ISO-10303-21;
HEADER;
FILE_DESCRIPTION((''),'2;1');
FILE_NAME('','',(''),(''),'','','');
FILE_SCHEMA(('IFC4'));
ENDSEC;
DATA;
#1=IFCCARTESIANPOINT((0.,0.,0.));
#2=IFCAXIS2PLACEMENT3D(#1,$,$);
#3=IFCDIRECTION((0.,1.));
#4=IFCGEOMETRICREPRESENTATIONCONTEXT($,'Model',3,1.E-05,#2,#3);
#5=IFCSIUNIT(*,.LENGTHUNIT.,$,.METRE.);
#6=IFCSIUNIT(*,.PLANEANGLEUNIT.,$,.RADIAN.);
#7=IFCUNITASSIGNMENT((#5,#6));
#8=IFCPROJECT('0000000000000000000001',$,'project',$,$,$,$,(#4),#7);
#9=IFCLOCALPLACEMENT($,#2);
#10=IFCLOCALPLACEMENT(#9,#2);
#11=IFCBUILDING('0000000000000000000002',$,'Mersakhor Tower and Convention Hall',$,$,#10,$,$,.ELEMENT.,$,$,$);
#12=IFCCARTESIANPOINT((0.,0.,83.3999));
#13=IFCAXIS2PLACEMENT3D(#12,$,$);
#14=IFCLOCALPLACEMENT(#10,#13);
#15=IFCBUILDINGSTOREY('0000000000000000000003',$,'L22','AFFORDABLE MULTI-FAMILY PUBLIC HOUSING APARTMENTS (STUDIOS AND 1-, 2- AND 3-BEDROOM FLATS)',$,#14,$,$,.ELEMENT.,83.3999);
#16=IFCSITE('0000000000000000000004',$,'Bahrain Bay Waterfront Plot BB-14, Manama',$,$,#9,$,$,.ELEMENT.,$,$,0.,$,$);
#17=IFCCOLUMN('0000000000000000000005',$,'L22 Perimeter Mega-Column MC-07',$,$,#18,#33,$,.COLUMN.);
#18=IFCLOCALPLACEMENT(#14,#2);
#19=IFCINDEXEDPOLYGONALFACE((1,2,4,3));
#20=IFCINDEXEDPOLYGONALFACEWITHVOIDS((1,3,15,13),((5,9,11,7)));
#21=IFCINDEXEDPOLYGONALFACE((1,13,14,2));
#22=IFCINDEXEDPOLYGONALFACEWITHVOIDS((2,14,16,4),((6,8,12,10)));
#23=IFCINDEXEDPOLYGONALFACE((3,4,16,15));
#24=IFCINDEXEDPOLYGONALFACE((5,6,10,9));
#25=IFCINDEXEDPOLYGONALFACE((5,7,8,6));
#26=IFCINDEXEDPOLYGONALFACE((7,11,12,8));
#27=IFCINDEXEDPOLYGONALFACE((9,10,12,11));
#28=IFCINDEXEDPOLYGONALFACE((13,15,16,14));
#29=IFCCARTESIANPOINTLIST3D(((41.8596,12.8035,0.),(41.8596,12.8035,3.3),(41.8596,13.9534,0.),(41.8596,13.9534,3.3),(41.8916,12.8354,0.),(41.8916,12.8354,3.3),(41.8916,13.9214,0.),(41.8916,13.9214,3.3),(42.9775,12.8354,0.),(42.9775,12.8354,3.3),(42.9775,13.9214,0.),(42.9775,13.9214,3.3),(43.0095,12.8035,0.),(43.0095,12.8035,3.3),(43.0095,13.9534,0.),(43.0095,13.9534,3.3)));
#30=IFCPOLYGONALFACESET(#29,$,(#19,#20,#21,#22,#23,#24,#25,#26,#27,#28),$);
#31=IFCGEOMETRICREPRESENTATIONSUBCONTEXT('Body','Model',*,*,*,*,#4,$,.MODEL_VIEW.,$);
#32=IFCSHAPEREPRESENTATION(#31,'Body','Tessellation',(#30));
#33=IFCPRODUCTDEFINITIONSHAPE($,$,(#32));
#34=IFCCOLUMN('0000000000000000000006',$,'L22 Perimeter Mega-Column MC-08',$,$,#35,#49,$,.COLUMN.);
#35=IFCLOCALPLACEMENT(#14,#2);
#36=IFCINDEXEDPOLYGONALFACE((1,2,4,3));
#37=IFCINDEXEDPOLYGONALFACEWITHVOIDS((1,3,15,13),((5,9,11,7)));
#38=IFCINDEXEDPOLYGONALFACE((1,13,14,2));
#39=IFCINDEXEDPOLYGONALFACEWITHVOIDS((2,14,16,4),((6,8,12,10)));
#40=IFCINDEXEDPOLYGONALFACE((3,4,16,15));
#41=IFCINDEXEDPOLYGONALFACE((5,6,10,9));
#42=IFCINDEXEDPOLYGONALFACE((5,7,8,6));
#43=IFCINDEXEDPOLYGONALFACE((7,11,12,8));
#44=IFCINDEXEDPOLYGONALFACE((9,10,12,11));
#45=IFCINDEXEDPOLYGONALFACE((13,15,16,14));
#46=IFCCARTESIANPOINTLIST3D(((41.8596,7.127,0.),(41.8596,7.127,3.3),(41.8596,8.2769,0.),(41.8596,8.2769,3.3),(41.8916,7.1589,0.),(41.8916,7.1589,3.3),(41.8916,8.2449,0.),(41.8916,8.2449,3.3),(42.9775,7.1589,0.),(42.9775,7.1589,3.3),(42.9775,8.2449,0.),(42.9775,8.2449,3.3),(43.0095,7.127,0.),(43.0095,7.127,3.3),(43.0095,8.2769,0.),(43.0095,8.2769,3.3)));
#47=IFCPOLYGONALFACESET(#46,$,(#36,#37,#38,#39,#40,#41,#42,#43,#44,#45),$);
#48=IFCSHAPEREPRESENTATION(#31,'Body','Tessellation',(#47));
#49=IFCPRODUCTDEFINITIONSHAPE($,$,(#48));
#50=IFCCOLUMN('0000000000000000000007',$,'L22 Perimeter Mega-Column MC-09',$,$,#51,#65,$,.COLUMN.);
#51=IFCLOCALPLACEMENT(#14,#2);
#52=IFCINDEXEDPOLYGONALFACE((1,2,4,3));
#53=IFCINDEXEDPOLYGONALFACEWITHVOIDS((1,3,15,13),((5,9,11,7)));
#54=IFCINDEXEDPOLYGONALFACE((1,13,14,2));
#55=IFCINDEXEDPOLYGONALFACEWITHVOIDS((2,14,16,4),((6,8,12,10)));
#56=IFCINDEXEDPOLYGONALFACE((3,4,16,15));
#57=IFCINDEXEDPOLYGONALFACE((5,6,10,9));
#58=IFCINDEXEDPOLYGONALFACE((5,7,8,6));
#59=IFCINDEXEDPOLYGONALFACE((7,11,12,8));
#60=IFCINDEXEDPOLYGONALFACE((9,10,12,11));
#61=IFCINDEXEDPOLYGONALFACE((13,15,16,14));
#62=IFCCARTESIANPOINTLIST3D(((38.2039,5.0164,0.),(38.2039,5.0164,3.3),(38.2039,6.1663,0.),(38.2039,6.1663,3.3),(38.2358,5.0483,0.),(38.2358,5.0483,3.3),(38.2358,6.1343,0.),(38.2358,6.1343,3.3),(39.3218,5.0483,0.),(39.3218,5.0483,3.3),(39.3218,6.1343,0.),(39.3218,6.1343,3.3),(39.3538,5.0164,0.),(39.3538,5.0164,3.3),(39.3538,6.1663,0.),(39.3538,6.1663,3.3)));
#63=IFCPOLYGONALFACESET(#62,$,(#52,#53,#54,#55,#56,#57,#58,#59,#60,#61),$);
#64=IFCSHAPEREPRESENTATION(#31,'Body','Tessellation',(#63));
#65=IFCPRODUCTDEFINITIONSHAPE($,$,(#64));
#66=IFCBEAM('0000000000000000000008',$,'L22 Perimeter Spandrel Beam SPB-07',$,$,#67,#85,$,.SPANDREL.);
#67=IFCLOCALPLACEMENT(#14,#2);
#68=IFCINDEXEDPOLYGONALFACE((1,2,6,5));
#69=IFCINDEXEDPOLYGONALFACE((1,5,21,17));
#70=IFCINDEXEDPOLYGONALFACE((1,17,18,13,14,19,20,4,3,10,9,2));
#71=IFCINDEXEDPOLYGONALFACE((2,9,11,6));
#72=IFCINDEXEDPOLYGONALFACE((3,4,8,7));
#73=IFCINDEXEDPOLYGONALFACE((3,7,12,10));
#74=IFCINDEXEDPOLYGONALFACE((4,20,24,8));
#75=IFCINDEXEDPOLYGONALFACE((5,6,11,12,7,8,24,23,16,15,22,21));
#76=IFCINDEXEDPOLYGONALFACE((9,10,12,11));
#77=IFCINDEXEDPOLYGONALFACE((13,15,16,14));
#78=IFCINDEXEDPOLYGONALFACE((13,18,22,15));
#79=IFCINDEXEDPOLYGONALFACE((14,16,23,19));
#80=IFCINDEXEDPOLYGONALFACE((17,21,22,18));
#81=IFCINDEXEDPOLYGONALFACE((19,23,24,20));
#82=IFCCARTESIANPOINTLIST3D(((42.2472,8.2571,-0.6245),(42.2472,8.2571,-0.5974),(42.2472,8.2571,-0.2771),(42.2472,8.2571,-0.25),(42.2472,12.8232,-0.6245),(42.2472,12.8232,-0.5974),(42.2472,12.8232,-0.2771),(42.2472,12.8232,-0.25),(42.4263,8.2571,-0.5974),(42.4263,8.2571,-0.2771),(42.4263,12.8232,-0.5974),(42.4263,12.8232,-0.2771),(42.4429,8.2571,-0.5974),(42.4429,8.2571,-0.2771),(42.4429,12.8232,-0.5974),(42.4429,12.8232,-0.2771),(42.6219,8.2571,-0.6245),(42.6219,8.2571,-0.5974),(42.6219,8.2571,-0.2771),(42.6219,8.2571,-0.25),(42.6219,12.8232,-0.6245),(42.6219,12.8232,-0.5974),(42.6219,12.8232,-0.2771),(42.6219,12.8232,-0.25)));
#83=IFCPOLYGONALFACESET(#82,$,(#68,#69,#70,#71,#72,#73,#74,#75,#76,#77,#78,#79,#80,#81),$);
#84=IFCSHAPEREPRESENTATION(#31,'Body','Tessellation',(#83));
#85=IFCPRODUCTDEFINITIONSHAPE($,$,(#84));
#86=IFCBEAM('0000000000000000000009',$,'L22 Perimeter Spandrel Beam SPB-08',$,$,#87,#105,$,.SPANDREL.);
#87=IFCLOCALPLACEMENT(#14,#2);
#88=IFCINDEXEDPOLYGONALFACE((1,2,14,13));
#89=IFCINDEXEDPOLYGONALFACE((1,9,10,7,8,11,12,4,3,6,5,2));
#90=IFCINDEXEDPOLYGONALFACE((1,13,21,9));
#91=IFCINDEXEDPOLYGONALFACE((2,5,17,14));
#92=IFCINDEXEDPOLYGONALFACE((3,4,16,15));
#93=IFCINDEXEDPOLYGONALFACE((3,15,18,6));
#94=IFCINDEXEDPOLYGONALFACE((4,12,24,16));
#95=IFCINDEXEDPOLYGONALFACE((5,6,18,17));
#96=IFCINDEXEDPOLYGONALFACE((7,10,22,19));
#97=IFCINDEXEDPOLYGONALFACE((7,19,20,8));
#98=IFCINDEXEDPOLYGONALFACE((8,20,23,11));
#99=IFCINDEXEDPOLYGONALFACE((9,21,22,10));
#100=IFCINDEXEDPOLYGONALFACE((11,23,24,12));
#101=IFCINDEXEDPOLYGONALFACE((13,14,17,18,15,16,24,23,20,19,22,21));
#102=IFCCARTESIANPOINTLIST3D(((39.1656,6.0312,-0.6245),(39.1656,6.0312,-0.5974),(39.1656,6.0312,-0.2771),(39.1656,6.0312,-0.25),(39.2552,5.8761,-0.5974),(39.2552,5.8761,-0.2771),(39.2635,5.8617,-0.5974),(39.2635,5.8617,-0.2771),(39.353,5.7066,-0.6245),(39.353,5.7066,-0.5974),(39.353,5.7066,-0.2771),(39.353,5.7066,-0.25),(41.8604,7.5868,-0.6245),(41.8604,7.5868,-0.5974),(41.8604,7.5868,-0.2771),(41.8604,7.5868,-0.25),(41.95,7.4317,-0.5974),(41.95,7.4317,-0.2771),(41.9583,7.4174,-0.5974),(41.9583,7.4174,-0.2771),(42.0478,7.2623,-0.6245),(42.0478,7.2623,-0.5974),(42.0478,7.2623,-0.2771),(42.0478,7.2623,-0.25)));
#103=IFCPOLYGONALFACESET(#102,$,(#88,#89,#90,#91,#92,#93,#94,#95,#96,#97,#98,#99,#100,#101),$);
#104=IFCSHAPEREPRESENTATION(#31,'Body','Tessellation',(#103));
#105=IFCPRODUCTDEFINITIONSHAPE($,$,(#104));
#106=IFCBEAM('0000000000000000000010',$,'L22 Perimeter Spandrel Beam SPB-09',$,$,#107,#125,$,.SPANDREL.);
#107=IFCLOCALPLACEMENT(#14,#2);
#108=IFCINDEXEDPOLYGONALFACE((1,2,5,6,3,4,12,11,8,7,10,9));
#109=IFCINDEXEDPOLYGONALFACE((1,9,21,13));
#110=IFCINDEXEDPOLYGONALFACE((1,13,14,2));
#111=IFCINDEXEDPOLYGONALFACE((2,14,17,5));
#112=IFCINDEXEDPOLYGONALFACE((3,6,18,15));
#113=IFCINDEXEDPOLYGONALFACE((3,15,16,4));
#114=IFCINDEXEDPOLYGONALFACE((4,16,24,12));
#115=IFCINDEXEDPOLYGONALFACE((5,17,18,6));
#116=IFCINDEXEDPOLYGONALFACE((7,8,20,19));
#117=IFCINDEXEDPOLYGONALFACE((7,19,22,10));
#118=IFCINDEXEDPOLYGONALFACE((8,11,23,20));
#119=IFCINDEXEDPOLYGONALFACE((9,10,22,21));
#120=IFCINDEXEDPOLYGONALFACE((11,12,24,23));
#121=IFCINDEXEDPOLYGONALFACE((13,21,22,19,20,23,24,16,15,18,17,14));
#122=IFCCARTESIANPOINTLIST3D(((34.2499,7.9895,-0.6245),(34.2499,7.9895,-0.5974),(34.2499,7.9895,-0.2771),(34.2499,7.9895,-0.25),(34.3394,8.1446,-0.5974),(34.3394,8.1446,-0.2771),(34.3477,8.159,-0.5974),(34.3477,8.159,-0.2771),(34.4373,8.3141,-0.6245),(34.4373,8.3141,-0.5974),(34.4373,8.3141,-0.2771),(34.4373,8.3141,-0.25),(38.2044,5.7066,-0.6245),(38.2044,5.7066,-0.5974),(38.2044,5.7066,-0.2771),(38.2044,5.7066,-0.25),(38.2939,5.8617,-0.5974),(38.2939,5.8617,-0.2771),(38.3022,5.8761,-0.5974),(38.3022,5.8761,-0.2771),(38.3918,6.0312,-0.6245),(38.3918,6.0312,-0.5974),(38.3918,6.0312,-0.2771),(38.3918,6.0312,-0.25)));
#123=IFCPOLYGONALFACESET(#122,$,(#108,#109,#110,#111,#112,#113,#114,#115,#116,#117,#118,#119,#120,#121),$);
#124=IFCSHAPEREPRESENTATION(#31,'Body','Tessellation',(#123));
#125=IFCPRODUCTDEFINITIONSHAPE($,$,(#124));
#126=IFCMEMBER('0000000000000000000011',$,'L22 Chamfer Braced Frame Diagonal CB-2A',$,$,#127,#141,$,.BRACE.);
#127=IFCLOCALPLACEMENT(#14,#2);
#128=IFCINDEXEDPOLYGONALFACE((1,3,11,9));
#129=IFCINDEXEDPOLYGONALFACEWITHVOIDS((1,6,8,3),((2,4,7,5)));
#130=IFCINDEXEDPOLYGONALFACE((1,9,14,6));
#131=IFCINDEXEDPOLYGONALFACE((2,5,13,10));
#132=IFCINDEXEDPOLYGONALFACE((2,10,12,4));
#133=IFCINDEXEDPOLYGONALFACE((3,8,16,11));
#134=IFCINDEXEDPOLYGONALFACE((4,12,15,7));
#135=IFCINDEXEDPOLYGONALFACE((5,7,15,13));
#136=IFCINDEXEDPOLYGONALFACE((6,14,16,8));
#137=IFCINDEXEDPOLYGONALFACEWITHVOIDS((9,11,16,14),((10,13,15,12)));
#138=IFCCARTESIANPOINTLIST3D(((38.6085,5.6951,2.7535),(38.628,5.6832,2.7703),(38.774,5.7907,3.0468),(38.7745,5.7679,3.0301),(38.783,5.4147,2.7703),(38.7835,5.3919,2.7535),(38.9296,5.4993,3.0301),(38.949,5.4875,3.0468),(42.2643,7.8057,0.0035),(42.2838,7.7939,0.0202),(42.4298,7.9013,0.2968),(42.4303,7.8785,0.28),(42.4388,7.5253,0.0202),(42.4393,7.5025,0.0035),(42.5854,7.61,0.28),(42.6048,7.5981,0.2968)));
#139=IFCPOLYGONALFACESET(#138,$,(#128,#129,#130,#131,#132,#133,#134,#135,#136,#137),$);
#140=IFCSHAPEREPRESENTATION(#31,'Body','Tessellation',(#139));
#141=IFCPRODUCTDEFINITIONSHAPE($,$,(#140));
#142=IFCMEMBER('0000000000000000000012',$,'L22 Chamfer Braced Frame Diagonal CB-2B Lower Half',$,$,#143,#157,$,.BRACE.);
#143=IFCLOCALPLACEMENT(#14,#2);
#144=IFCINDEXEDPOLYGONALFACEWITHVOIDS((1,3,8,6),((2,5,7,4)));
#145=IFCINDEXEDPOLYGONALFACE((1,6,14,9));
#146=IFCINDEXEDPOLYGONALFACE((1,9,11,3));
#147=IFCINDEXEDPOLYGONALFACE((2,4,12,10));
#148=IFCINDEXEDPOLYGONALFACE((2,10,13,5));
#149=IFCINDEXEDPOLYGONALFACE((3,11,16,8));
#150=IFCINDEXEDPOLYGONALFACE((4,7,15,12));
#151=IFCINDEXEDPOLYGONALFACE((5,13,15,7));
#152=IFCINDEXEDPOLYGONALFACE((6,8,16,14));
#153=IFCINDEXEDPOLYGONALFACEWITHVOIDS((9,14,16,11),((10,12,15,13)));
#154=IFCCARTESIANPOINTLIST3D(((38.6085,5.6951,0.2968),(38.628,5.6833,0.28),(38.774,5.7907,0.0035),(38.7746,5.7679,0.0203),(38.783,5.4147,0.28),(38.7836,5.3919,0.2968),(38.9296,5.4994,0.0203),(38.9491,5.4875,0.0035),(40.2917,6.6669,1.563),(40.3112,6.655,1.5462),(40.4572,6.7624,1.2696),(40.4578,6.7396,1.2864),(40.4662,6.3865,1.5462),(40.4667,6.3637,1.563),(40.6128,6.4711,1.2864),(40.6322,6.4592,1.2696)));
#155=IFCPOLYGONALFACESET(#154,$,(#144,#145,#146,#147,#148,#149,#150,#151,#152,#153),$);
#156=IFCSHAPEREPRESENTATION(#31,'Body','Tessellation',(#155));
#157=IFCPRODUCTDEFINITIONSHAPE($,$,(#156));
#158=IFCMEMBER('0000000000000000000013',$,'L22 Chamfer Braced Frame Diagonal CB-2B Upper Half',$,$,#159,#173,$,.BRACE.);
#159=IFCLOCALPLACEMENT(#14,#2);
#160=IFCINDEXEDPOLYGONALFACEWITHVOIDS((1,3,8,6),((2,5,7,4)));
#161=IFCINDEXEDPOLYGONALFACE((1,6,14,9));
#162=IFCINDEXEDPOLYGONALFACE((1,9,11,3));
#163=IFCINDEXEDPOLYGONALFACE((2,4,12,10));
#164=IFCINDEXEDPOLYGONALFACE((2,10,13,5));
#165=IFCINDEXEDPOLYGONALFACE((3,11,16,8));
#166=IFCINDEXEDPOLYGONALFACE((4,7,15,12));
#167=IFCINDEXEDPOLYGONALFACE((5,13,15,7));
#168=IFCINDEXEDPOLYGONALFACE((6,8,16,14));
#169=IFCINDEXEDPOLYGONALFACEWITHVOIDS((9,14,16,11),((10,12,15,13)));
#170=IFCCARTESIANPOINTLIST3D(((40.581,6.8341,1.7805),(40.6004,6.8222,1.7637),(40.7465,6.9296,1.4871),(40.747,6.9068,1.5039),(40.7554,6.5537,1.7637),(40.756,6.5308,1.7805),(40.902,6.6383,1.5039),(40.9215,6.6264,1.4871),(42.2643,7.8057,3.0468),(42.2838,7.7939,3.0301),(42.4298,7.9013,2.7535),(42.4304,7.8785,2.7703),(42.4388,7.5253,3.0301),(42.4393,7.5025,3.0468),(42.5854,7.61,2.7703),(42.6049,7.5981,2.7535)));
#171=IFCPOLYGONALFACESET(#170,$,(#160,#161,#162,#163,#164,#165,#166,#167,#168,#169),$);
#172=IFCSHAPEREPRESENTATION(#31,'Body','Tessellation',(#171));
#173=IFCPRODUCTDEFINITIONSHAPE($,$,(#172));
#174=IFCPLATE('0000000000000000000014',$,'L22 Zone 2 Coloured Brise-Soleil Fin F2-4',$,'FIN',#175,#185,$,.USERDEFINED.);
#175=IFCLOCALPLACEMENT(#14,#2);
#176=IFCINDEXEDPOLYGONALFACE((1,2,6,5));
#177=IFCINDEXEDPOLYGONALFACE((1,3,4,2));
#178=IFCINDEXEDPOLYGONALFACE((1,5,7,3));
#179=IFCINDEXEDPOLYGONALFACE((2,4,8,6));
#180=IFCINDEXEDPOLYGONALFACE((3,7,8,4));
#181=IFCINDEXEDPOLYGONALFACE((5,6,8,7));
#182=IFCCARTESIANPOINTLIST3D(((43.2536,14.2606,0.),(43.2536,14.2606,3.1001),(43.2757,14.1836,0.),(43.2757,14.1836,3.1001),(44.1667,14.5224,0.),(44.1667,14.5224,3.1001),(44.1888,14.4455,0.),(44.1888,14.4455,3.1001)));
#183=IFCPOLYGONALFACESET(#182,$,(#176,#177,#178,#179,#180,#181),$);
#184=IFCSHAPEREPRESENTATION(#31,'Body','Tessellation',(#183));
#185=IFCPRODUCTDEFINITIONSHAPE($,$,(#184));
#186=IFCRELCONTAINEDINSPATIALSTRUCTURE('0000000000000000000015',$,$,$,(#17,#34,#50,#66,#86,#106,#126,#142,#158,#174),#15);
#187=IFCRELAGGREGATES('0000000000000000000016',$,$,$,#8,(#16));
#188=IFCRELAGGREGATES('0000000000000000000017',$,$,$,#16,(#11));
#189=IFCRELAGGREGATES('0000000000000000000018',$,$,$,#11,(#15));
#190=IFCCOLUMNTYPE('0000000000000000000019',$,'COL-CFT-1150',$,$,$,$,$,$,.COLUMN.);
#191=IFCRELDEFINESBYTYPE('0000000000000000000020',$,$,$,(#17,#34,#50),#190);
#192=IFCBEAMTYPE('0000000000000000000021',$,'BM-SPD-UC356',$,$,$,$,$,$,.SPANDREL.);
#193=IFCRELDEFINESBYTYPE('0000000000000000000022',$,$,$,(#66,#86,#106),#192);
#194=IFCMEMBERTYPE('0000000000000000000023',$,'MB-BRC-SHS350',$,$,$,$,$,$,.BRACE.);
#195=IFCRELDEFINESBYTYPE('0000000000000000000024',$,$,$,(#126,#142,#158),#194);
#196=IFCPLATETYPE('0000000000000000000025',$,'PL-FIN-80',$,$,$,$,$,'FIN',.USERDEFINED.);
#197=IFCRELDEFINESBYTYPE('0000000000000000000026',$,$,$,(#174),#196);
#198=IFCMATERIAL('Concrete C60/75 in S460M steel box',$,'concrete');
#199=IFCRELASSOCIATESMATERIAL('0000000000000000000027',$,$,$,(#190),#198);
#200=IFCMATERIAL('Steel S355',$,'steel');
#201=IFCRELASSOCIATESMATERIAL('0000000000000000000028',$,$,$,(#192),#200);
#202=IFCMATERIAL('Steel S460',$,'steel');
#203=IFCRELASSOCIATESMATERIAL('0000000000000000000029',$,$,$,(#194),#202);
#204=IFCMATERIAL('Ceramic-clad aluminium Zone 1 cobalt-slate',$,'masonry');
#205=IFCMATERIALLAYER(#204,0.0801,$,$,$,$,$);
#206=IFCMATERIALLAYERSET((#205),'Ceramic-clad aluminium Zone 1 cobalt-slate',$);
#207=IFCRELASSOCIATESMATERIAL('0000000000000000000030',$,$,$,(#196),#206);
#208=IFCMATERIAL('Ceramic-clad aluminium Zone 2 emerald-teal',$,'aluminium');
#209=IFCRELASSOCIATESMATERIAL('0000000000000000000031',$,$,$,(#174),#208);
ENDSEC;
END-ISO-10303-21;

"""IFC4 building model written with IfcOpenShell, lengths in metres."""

from ifc_helpers import new_model, si_unit, direction, frame, origin, origin_2d, place, context, subcontext, project, spatial, rectangle, hollow_rectangle, i_section, extrude, material, layer, layer_set, material_profile, profile_set, type_object, element, save


model = new_model("IFC4")

# Units and contexts
model_context = context("Model", 3, precision=1e-05, world=origin(), true_north=direction((0.0, 1.0)))
body_context = subcontext(model_context, "Body", "Model", "MODEL_VIEW")
ifc_project = project(units=[si_unit("LENGTHUNIT", "METRE"), si_unit("PLANEANGLEUNIT", "RADIAN")], contexts=[model_context])

# Site, building, storey
site_placement = place(None, origin())
site = spatial("IfcSite", under=ifc_project, at=site_placement, Name="Bahrain Bay Waterfront Plot BB-14, Manama", CompositionType="ELEMENT", RefElevation=0.0)
building_placement = place(site_placement, origin())
building = spatial("IfcBuilding", under=site, at=building_placement, Name="Mersakhor Tower and Convention Hall", CompositionType="ELEMENT")
storey_placement = place(building_placement, frame((0.0, 0.0, 83.3999)))
storey = spatial("IfcBuildingStorey", under=building, at=storey_placement, Name="L22", Description="AFFORDABLE MULTI-FAMILY PUBLIC HOUSING APARTMENTS (STUDIOS AND 1-, 2- AND 3-BEDROOM FLATS)", CompositionType="ELEMENT", Elevation=83.3999)

# Columns
ifc_material_1 = material(Name="Concrete C60/75 in S460M steel box", Category="concrete")
ifc_material_profile_1 = material_profile(ifc_material_1, hollow_rectangle(XDim=1.1499, YDim=1.1499, WallThickness=0.032, at=origin_2d()), Name="SHS 1150x1150x32")
ifc_profile_set_1 = profile_set([ifc_material_profile_1], Name="Concrete C60/75 in S460M steel box")
column_type = type_object("IfcColumnType", Name="COL-CFT-1150", PredefinedType="COLUMN", material=ifc_profile_set_1)
for number, where, z_axis, x_axis, name in (
    (1, (42.4346, 13.3784, 0.0), (0.0, 0.0, 1.0), (1.0, 0.0, 0.0), "L22 Perimeter Mega-Column MC-07"),
    (2, (42.4346, 7.7019, 0.0), (0.0, 0.0, 1.0), (1.0, 0.0, 0.0), "L22 Perimeter Mega-Column MC-08"),
    (3, (38.7788, 5.5913, 0.0), (0.0, 0.0, 1.0), (1.0, 0.0, 0.0), "L22 Perimeter Mega-Column MC-09"),
):
    element("IfcColumn", number, at=place(storey_placement, frame(where, z_axis=z_axis, x_axis=x_axis)), inside=storey, type_object=column_type, Name=name, PredefinedType="COLUMN", context=body_context, shape_type="SweptSolid", body=[
        extrude(hollow_rectangle(XDim=1.1499, YDim=1.1499, WallThickness=0.032, at=origin_2d()), origin(), (0.0, 0.0, 1.0), 3.3),
    ])

# Beams
ifc_material_2 = material(Name="Steel S355", Category="steel")
ifc_material_profile_2 = material_profile(ifc_material_2, i_section(OverallWidth=0.3748, OverallDepth=0.3745, WebThickness=0.0166, FlangeThickness=0.0271, at=origin_2d()), Name="UC 356x368x202")
ifc_profile_set_2 = profile_set([ifc_material_profile_2], Name="Steel S355")
beam_type = type_object("IfcBeamType", Name="BM-SPD-UC356", PredefinedType="SPANDREL", material=ifc_profile_set_2)
beam_1_placement = place(storey_placement, frame((42.4346, 12.8232, -0.4373), z_axis=(0.0, -1.0, 0.0), x_axis=(1.0, 0.0, 0.0)))
element("IfcBeam", 4, at=beam_1_placement, inside=storey, type_object=beam_type, Name="L22 Perimeter Spandrel Beam SPB-07", PredefinedType="SPANDREL", context=body_context, shape_type="SweptSolid", body=[
    extrude(i_section(OverallWidth=0.3748, OverallDepth=0.3745, WebThickness=0.0166, FlangeThickness=0.0271, at=origin_2d()), origin(), (0.0, 0.0, 1.0), 4.5662),
])
beam_2_placement = place(storey_placement, frame((41.9541, 7.4246, -0.4373), z_axis=(-0.866052, -0.499953, 0.0), x_axis=(0.499953, -0.866052, 0.0)))
element("IfcBeam", 5, at=beam_2_placement, inside=storey, type_object=beam_type, Name="L22 Perimeter Spandrel Beam SPB-08", PredefinedType="SPANDREL", context=body_context, shape_type="SweptSolid", body=[
    extrude(i_section(OverallWidth=0.3748, OverallDepth=0.3745, WebThickness=0.0166, FlangeThickness=0.0271, at=origin_2d()), origin(), (0.0, 0.0, 1.0), 3.1116),
])
beam_3_placement = place(storey_placement, frame((38.2981, 5.8689, -0.4373), z_axis=(-0.866047, 0.499963, 0.0), x_axis=(-0.499963, -0.866047, 0.0)))
element("IfcBeam", 6, at=beam_3_placement, inside=storey, type_object=beam_type, Name="L22 Perimeter Spandrel Beam SPB-09", PredefinedType="SPANDREL", context=body_context, shape_type="SweptSolid", body=[
    extrude(i_section(OverallWidth=0.3748, OverallDepth=0.3745, WebThickness=0.0166, FlangeThickness=0.0271, at=origin_2d()), origin(), (0.0, 0.0, 1.0), 4.5662),
])

# Members
ifc_material_3 = material(Name="Steel S460", Category="steel")
ifc_material_profile_3 = material_profile(ifc_material_3, hollow_rectangle(XDim=0.3501, YDim=0.3501, WallThickness=0.02, at=origin_2d()), Name="SHS 350x350x20")
ifc_profile_set_3 = profile_set([ifc_material_profile_3], Name="Steel S460")
member_type = type_object("IfcMemberType", Name="MB-BRC-SHS350", PredefinedType="BRACE", material=ifc_profile_set_3)
member_1_placement = place(storey_placement, frame((42.4346, 7.7019, 0.1501), z_axis=(-0.725634, -0.418933, 0.545849), x_axis=(0.499989, -0.866031, 0.0)))
element("IfcMember", 7, at=member_1_placement, inside=storey, type_object=member_type, Name="L22 Chamfer Braced Frame Diagonal CB-2A", PredefinedType="BRACE", context=body_context, shape_type="SweptSolid", body=[
    extrude(hollow_rectangle(XDim=0.3501, YDim=0.3501, WallThickness=0.02, at=origin_2d()), origin(), (0.0, 0.0, 1.0), 5.0381),
])
member_2_placement = place(storey_placement, frame((38.7788, 5.5913, 0.1501), z_axis=(0.725635, 0.418919, 0.545858), x_axis=(-0.499976, 0.866039, 0.0)))
element("IfcMember", 8, at=member_2_placement, inside=storey, type_object=member_type, Name="L22 Chamfer Braced Frame Diagonal CB-2B Lower Half", PredefinedType="BRACE", context=body_context, shape_type="SweptSolid", body=[
    extrude(hollow_rectangle(XDim=0.3501, YDim=0.3501, WallThickness=0.02, at=origin_2d()), origin(), (0.0, 0.0, 1.0), 2.3196),
])
member_3_placement = place(storey_placement, frame((40.7512, 6.7302, 1.6338), z_axis=(0.725643, 0.418863, 0.54589), x_axis=(-0.499922, 0.866071, 0.0)))
element("IfcMember", 9, at=member_3_placement, inside=storey, type_object=member_type, Name="L22 Chamfer Braced Frame Diagonal CB-2B Upper Half", PredefinedType="BRACE", context=body_context, shape_type="SweptSolid", body=[
    extrude(hollow_rectangle(XDim=0.3501, YDim=0.3501, WallThickness=0.02, at=origin_2d()), origin(), (0.0, 0.0, 1.0), 2.3198),
])

# Plate
ifc_material_4 = material(Name="Ceramic-clad aluminium Zone 2 emerald-teal", Category="aluminium")
ifc_material_5 = material(Name="Ceramic-clad aluminium Zone 1 cobalt-slate", Category="masonry")
ifc_layer_1 = layer(ifc_material_5, 0.0801)
ifc_layer_set_1 = layer_set([ifc_layer_1], Name="Ceramic-clad aluminium Zone 1 cobalt-slate")
plate_type_1 = type_object("IfcPlateType", Name="PL-FIN-80", ElementType="FIN", PredefinedType="USERDEFINED", material=ifc_layer_set_1)
plate_1_placement = place(storey_placement, frame((43.7212, 14.353, 0.0), z_axis=(0.0, 0.0, 1.0), x_axis=(0.961262, 0.275637, 0.0)))
element("IfcPlate", 10, at=plate_1_placement, inside=storey, type_object=plate_type_1, material=ifc_material_4, Name="L22 Zone 2 Coloured Brise-Soleil Fin F2-4", ObjectType="FIN", PredefinedType="USERDEFINED", context=body_context, shape_type="SweptSolid", body=[
    extrude(rectangle(XDim=0.95, YDim=0.0801, at=origin_2d()), origin(), (0.0, 0.0, 1.0), 3.1001),
])

save(model, "model.ifc")
